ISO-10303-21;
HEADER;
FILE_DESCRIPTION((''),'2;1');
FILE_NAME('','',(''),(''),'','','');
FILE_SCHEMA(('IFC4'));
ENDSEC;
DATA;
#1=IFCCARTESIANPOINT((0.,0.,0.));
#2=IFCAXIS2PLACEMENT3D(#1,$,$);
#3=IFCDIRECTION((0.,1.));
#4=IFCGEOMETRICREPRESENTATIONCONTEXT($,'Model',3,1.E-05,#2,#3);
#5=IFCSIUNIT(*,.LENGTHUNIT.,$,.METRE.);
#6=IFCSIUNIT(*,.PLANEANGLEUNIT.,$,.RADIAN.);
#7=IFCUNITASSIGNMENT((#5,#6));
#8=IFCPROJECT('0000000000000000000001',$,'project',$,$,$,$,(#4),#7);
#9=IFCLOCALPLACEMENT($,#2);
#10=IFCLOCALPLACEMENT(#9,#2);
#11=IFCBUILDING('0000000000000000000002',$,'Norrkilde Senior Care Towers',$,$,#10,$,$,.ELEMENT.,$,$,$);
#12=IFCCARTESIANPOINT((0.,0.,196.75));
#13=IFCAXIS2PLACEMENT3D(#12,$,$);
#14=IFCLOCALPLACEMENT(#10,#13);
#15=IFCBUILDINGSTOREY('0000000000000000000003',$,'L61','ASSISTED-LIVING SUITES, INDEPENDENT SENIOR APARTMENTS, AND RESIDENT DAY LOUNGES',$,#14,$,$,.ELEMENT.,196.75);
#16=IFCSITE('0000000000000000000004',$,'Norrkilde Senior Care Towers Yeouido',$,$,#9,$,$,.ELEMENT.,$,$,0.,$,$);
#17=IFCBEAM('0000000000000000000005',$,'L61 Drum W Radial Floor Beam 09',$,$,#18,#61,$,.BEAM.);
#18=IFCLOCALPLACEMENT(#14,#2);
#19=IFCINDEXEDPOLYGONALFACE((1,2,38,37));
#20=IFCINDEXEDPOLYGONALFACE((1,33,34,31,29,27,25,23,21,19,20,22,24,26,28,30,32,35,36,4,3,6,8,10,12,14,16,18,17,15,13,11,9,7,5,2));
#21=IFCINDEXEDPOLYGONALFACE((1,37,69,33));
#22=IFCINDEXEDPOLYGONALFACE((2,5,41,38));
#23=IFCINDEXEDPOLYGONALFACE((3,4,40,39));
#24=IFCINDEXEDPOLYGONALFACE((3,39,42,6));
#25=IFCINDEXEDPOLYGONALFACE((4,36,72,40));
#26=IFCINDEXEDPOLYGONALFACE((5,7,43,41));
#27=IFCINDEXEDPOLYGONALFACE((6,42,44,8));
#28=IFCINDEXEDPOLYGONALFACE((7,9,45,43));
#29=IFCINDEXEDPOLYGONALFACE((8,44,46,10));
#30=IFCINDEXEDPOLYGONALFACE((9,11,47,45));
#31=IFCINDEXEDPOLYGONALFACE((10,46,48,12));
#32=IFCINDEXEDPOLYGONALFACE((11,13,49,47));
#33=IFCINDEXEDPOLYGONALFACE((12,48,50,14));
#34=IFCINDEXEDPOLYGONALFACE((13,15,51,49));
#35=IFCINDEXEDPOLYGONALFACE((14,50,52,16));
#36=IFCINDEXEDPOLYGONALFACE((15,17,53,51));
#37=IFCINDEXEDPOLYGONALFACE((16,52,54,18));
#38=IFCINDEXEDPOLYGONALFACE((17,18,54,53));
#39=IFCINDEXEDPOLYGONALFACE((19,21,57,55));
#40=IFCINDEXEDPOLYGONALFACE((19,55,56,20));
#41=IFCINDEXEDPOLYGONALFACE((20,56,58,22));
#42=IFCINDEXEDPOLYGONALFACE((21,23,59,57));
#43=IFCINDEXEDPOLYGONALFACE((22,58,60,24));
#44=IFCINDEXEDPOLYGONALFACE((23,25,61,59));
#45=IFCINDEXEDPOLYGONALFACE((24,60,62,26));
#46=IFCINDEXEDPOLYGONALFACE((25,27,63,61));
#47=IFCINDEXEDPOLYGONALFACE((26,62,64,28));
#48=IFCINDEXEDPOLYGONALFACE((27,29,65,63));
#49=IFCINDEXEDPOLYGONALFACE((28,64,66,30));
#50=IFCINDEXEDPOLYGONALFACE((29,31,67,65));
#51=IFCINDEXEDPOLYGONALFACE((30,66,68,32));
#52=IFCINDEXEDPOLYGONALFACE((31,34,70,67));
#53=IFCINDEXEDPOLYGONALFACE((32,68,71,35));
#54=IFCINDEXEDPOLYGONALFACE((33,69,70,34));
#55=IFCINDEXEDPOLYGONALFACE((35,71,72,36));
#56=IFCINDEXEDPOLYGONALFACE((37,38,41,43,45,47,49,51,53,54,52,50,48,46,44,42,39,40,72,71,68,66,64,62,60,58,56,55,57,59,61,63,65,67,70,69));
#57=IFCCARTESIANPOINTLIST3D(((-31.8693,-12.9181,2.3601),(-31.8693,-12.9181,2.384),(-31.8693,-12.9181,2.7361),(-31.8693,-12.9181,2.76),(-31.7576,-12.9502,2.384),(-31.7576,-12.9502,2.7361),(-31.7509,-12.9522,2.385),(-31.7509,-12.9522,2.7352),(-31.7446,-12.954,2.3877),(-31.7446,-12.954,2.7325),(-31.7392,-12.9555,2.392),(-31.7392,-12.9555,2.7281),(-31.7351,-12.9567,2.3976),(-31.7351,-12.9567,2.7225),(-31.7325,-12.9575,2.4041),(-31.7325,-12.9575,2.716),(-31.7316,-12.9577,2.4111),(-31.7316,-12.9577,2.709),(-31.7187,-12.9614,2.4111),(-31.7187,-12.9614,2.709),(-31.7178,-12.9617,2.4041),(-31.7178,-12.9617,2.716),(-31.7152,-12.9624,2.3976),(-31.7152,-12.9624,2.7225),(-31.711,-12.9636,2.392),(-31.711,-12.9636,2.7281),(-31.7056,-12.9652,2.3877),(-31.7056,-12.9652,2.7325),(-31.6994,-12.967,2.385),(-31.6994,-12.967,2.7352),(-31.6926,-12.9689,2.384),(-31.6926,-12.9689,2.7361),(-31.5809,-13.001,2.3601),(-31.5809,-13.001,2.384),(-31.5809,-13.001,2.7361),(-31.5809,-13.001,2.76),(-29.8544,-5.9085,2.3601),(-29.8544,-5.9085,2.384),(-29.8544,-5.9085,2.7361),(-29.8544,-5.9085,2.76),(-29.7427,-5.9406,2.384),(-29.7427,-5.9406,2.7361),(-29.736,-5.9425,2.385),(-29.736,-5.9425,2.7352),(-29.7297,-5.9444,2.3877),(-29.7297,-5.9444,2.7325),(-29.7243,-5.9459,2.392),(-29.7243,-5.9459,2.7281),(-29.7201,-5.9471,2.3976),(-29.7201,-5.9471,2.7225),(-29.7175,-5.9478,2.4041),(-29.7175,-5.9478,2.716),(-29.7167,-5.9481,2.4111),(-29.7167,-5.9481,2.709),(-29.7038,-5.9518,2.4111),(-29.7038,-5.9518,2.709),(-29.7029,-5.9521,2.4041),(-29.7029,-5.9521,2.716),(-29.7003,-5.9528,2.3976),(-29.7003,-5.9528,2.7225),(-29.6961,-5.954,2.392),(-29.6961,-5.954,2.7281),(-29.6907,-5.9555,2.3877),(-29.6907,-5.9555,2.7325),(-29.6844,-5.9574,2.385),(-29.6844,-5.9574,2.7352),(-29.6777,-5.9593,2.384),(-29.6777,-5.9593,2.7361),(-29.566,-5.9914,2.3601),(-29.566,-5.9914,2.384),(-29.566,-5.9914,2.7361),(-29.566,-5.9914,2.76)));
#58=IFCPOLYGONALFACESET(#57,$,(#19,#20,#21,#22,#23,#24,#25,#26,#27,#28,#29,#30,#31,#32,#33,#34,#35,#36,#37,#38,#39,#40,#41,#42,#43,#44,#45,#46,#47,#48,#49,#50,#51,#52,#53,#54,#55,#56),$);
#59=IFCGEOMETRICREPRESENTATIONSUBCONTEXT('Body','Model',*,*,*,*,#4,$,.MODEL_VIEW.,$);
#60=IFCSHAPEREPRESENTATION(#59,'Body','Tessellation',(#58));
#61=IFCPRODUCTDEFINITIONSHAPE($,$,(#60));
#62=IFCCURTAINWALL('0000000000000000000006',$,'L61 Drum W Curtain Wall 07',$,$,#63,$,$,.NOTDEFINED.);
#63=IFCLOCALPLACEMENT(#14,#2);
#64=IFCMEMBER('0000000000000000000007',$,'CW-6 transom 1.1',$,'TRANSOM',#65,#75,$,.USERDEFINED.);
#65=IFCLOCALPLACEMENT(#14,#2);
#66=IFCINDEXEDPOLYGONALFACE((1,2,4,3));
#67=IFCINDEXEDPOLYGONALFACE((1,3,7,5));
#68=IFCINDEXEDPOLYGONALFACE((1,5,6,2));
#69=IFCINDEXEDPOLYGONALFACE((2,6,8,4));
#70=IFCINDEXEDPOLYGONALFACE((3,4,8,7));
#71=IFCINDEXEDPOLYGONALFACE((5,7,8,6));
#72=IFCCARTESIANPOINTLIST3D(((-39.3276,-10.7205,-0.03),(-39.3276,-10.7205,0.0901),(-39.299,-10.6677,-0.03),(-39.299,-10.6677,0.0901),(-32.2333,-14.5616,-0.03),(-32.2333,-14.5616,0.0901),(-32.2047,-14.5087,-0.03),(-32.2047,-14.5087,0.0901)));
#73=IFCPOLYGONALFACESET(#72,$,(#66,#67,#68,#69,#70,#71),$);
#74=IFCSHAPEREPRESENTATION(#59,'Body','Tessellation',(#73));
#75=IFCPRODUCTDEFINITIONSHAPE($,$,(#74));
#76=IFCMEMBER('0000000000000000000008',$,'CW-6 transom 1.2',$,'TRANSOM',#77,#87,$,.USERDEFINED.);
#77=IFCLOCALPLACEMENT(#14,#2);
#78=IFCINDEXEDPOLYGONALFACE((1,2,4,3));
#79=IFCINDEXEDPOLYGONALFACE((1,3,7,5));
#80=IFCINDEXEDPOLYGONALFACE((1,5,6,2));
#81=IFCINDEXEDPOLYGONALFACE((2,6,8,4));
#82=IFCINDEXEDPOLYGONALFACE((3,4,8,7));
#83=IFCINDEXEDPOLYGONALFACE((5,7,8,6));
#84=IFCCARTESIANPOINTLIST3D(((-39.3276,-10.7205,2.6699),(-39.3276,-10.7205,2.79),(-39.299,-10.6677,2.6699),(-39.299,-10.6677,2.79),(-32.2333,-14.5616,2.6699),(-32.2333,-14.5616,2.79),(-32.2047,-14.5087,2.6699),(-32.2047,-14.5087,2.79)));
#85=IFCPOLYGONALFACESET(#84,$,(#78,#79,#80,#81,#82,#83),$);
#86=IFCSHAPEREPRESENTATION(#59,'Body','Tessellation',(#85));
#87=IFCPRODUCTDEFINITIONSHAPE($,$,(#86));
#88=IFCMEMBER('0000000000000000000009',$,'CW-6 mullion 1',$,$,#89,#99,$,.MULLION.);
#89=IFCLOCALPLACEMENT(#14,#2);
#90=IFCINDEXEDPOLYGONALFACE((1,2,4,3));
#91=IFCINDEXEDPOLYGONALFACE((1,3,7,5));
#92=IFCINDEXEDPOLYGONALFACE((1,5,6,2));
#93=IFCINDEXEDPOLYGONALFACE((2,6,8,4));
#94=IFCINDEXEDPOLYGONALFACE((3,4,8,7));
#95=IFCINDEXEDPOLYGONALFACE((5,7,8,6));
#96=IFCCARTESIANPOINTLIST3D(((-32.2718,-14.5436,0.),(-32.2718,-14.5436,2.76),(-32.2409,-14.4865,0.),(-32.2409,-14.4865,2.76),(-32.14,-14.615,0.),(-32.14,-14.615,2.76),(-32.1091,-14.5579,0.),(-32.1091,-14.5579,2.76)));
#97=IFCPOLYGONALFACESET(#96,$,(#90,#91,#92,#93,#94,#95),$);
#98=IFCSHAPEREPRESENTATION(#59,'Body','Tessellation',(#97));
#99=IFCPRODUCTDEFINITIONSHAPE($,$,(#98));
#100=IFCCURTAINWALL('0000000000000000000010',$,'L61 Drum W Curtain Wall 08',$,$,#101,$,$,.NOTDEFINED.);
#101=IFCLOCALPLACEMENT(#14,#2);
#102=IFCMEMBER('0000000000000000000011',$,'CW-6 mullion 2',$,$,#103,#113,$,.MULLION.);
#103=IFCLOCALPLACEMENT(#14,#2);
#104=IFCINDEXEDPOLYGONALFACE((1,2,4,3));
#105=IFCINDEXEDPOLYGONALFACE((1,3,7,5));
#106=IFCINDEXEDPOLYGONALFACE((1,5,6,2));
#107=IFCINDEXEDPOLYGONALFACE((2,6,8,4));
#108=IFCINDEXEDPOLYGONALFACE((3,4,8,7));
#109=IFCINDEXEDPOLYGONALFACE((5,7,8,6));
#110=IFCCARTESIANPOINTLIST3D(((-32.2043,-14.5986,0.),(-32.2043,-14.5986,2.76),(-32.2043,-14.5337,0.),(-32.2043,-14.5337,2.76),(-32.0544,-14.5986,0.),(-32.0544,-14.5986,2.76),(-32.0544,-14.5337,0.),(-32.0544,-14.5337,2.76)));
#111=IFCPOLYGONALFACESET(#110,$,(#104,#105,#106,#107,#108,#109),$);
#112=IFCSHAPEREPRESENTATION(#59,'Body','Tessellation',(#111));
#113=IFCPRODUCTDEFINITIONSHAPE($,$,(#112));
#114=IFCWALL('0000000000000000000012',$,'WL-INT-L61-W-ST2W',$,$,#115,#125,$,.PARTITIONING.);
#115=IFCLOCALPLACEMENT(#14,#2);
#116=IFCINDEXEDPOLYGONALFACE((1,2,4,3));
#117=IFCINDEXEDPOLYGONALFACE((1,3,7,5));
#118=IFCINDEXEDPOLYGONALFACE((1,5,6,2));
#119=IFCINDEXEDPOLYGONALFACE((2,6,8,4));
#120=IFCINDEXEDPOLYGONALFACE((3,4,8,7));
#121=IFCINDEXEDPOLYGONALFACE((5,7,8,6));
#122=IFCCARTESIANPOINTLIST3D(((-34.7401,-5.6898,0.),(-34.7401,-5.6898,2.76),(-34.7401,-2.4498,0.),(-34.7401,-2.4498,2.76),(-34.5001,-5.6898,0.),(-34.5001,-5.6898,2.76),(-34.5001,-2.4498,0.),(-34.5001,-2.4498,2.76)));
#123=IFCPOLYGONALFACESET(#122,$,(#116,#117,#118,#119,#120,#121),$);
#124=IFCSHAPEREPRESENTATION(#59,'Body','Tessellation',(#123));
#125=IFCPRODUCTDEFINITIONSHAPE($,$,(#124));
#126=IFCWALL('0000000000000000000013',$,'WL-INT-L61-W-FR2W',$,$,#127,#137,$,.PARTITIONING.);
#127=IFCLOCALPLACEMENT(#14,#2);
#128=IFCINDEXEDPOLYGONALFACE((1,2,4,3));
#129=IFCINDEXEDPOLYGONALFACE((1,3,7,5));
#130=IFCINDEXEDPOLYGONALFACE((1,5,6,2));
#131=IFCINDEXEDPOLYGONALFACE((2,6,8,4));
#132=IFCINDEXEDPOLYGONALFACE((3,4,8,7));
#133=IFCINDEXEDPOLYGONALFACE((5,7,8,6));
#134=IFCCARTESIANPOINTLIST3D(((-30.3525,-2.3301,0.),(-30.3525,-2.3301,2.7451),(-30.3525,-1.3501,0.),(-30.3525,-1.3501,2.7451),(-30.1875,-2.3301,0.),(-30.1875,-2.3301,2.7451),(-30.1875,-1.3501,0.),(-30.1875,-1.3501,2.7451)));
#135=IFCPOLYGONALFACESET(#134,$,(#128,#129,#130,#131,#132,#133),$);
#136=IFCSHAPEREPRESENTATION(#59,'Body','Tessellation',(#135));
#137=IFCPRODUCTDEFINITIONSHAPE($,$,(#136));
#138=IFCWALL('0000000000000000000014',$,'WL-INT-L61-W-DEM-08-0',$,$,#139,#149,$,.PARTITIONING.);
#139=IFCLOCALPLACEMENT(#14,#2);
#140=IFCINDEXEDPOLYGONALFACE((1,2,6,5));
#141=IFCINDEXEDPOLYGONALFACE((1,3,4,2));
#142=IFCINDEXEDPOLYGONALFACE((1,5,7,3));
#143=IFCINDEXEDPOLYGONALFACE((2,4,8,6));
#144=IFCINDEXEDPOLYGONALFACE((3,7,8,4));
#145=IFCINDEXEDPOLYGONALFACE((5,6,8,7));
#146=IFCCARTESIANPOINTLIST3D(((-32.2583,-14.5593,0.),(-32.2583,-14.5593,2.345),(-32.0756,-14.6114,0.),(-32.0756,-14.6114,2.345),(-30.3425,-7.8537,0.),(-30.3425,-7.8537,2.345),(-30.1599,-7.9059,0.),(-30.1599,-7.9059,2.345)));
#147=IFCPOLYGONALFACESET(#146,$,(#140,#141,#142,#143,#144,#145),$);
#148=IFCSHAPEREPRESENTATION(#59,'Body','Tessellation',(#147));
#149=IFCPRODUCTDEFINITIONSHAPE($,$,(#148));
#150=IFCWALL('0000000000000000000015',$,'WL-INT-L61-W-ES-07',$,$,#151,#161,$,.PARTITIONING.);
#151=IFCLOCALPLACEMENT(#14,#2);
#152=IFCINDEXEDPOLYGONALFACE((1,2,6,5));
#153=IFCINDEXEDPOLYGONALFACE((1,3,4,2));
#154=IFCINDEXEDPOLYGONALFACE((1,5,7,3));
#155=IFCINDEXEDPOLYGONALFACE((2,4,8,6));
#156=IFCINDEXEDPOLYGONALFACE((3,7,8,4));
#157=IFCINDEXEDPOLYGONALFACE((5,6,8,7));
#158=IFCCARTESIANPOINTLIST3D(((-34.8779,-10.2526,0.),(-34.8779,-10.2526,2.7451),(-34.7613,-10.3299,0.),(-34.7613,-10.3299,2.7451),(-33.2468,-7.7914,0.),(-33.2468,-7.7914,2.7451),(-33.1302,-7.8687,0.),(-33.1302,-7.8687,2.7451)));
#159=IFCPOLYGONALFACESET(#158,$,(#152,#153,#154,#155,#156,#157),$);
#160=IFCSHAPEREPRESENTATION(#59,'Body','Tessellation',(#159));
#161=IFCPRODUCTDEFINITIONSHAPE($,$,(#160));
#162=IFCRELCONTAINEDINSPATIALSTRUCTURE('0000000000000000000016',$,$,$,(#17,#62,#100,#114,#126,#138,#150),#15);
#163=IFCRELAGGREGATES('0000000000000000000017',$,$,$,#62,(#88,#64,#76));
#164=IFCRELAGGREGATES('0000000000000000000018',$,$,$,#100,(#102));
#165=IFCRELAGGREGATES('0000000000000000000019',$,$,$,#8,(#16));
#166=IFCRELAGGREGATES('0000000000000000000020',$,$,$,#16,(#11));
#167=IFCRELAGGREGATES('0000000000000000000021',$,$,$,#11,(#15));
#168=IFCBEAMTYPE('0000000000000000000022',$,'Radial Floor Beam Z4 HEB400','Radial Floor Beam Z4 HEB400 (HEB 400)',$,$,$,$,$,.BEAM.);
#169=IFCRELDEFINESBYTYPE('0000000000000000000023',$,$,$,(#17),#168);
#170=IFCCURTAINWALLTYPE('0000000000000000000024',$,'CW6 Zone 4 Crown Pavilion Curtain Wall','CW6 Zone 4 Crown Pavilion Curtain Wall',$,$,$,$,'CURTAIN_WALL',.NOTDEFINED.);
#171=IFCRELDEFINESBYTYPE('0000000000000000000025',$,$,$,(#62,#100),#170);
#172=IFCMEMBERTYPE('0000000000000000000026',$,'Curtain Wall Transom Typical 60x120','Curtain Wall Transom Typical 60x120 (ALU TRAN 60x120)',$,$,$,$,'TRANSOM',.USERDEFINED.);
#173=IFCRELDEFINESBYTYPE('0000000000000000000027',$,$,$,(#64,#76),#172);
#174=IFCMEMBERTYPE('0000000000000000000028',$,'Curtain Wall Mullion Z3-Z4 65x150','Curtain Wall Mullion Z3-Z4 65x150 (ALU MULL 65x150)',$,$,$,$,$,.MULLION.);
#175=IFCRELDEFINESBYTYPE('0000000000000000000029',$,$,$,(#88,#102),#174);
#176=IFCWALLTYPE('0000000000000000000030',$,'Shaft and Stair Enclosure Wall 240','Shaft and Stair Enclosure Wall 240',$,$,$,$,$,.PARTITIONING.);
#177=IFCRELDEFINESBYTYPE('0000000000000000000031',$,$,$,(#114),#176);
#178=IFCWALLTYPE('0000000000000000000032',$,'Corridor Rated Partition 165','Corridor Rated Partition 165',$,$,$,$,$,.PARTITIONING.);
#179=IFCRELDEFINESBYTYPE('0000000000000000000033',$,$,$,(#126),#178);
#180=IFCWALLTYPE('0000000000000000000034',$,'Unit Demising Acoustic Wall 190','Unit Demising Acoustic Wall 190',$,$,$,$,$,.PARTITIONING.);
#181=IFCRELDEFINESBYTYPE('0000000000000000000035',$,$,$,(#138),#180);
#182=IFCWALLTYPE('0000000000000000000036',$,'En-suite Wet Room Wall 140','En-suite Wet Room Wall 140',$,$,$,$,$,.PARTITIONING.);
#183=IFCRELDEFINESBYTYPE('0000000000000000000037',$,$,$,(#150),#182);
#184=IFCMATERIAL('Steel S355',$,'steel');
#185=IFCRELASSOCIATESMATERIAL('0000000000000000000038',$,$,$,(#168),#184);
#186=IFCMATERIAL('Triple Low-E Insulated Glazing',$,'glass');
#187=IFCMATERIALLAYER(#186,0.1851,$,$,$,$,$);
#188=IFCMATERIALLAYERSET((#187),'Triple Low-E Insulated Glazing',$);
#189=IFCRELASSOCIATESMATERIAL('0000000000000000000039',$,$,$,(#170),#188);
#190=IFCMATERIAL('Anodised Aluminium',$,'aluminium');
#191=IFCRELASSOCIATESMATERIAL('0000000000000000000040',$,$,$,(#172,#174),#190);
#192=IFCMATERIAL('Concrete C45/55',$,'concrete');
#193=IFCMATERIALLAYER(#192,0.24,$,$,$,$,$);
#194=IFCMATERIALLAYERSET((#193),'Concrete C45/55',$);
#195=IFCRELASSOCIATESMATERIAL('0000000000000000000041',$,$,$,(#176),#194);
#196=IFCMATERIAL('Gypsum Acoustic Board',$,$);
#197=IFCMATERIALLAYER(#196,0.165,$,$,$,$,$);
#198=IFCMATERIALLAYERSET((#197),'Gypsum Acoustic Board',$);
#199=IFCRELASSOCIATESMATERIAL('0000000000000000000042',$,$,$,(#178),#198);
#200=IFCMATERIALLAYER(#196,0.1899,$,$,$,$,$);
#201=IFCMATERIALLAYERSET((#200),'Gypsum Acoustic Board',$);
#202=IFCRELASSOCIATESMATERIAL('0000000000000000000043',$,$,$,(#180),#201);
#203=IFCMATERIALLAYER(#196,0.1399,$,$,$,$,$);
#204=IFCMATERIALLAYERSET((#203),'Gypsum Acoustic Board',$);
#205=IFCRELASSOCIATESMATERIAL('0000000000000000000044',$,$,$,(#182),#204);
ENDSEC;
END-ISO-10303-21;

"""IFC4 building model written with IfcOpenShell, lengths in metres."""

from ifc_helpers import new_model, si_unit, direction, frame, frame_2d, origin, origin_2d, place, context, subcontext, project, spatial, rectangle, i_section, extrude, source, transform, mapped, material, layer, layer_set, material_profile, profile_set, type_object, type_shapes, element, aggregate, save


model = new_model("IFC4")

# Units and contexts
model_context = context("Model", 3, precision=1e-05, world=origin(), true_north=direction((0.0, 1.0)))
body_context = subcontext(model_context, "Body", "Model", "MODEL_VIEW")
ifc_project = project(units=[si_unit("LENGTHUNIT", "METRE"), si_unit("PLANEANGLEUNIT", "RADIAN")], contexts=[model_context])

# Site, building, storey
site_placement = place(None, origin())
site = spatial("IfcSite", under=ifc_project, at=site_placement, Name="Norrkilde Senior Care Towers Yeouido", CompositionType="ELEMENT", RefElevation=0.0)
building_placement = place(site_placement, origin())
building = spatial("IfcBuilding", under=site, at=building_placement, Name="Norrkilde Senior Care Towers", CompositionType="ELEMENT")
storey_placement = place(building_placement, frame((0.0, 0.0, 196.75)))
storey = spatial("IfcBuildingStorey", under=building, at=storey_placement, Name="L61", Description="ASSISTED-LIVING SUITES, INDEPENDENT SENIOR APARTMENTS, AND RESIDENT DAY LOUNGES", CompositionType="ELEMENT", Elevation=196.75)

# Beam
ifc_material_1 = material(Name="Steel S355", Category="steel")
ifc_material_profile_1 = material_profile(ifc_material_1, i_section(OverallWidth=0.3, OverallDepth=0.3999, WebThickness=0.0134, FlangeThickness=0.0239, FilletRadius=0.0271, at=origin_2d()), Name="HEB 400")
ifc_profile_set_1 = profile_set([ifc_material_profile_1], Name="Steel S355")
beam_type_1 = type_object("IfcBeamType", Name="Radial Floor Beam Z4 HEB400", Description="Radial Floor Beam Z4 HEB400 (HEB 400)", PredefinedType="BEAM", material=ifc_profile_set_1)
shared_shape_1 = source(origin(), body_context, "Body", "SweptSolid", [
    extrude(i_section(OverallWidth=0.3, OverallDepth=0.3999, WebThickness=0.0134, FlangeThickness=0.0239, FilletRadius=0.0271, at=origin_2d()), origin(), (0.0, 0.0, 1.0), 7.2935),
])
beam_1_placement = place(storey_placement, frame((-29.7102, -5.95, 2.5601), z_axis=(-0.276264, -0.961082, 0.0), x_axis=(0.961082, -0.276264, 0.0)))
element("IfcBeam", 1, at=beam_1_placement, inside=storey, type_object=beam_type_1, Name="L61 Drum W Radial Floor Beam 09", PredefinedType="BEAM", context=body_context, shape_type="MappedRepresentation", body=[
    mapped(shared_shape_1, transform((0.0, 0.0, 0.0), x_axis=(1.0, 0.0, 0.0), y_axis=(0.0, 1.0, 0.0), z_axis=(0.0, 0.0, 1.0), scale=1.0)),
])

# Curtain wall, members
ifc_material_2 = material(Name="Triple Low-E Insulated Glazing", Category="glass")
ifc_layer_1 = layer(ifc_material_2, 0.1851)
ifc_layer_set_1 = layer_set([ifc_layer_1], Name="Triple Low-E Insulated Glazing")
curtain_wall_type = type_object("IfcCurtainWallType", Name="CW6 Zone 4 Crown Pavilion Curtain Wall", Description="CW6 Zone 4 Crown Pavilion Curtain Wall", ElementType="CURTAIN_WALL", PredefinedType="NOTDEFINED", material=ifc_layer_set_1)
curtain_wall_1_placement = place(storey_placement, origin())
curtain_wall_1 = element("IfcCurtainWall", 2, at=curtain_wall_1_placement, inside=storey, type_object=curtain_wall_type, Name="L61 Drum W Curtain Wall 07", PredefinedType="NOTDEFINED")
ifc_material_3 = material(Name="Anodised Aluminium", Category="aluminium")
ifc_material_profile_2 = material_profile(ifc_material_3, rectangle(XDim=0.0601, YDim=0.1201, at=origin_2d()), Name="ALU TRAN 60x120")
ifc_profile_set_2 = profile_set([ifc_material_profile_2], Name="Anodised Aluminium")
member_type_1 = type_object("IfcMemberType", Name="Curtain Wall Transom Typical 60x120", Description="Curtain Wall Transom Typical 60x120 (ALU TRAN 60x120)", ElementType="TRANSOM", PredefinedType="USERDEFINED", material=ifc_profile_set_2)
shared_shape_2 = source(origin(), body_context, "Body", "SweptSolid", [
    extrude(rectangle(XDim=0.0601, YDim=0.1201, at=origin_2d()), origin(), (0.0, 0.0, 1.0), 8.0674),
])
type_shapes(member_type_1, [shared_shape_2])
member_1_placement = place(storey_placement, frame((-32.219, -14.5352, 0.03), z_axis=(-0.879378, 0.476125, 0.0), x_axis=(-0.476125, -0.879378, 0.0)))
member_1 = element("IfcMember", 3, at=member_1_placement, type_object=member_type_1, Name="CW-6 transom 1.1", ObjectType="TRANSOM", PredefinedType="USERDEFINED", context=body_context, shape_type="MappedRepresentation", body=[
    mapped(shared_shape_2, transform((0.0, 0.0, 0.0), x_axis=(1.0, 0.0, 0.0), y_axis=(0.0, 1.0, 0.0), z_axis=(0.0, 0.0, 1.0), scale=1.0)),
])
member_2_placement = place(storey_placement, frame((-32.219, -14.5352, 2.73), z_axis=(-0.879378, 0.476125, 0.0), x_axis=(-0.476125, -0.879378, 0.0)))
member_2 = element("IfcMember", 4, at=member_2_placement, type_object=member_type_1, Name="CW-6 transom 1.2", ObjectType="TRANSOM", PredefinedType="USERDEFINED", context=body_context, shape_type="MappedRepresentation", body=[
    mapped(shared_shape_2, transform((0.0, 0.0, 0.0), x_axis=(1.0, 0.0, 0.0), y_axis=(0.0, 1.0, 0.0), z_axis=(0.0, 0.0, 1.0), scale=1.0)),
])
ifc_material_profile_3 = material_profile(ifc_material_3, rectangle(XDim=0.0649, YDim=0.1499, at=origin_2d()), Name="ALU MULL 65x150")
ifc_profile_set_3 = profile_set([ifc_material_profile_3], Name="Anodised Aluminium")
member_type_2 = type_object("IfcMemberType", Name="Curtain Wall Mullion Z3-Z4 65x150", Description="Curtain Wall Mullion Z3-Z4 65x150 (ALU MULL 65x150)", PredefinedType="MULLION", material=ifc_profile_set_3)
shared_shape_3 = source(origin(), body_context, "Body", "SweptSolid", [
    extrude(rectangle(XDim=0.0649, YDim=0.1499, at=origin_2d()), origin(), (0.0, 0.0, 1.0), 2.76),
])
type_shapes(member_type_2, [shared_shape_3])
member_3_placement = place(storey_placement, frame((-32.1904, -14.5508, 0.0), z_axis=(0.0, 0.0, 1.0), x_axis=(-0.476133, -0.879373, 0.0)))
member_3 = element("IfcMember", 5, at=member_3_placement, type_object=member_type_2, Name="CW-6 mullion 1", PredefinedType="MULLION", context=body_context, shape_type="MappedRepresentation", body=[
    mapped(shared_shape_3, transform((0.0, 0.0, 0.0), x_axis=(1.0, 0.0, 0.0), y_axis=(0.0, 1.0, 0.0), z_axis=(0.0, 0.0, 1.0), scale=1.0)),
])
aggregate(curtain_wall_1, [member_3, member_1, member_2])

# Curtain wall, member
curtain_wall_2_placement = place(storey_placement, origin())
curtain_wall_2 = element("IfcCurtainWall", 6, at=curtain_wall_2_placement, inside=storey, type_object=curtain_wall_type, Name="L61 Drum W Curtain Wall 08", PredefinedType="NOTDEFINED")
member_4_placement = place(storey_placement, frame((-32.1294, -14.5662, 0.0), z_axis=(0.0, 0.0, 1.0), x_axis=(0.0, -1.0, 0.0)))
member_4 = element("IfcMember", 7, at=member_4_placement, type_object=member_type_2, Name="CW-6 mullion 2", PredefinedType="MULLION", context=body_context, shape_type="MappedRepresentation", body=[
    mapped(shared_shape_3, transform((0.0, 0.0, 0.0), x_axis=(1.0, 0.0, 0.0), y_axis=(0.0, 1.0, 0.0), z_axis=(0.0, 0.0, 1.0), scale=1.0)),
])
aggregate(curtain_wall_2, [member_4])

# Shared definitions
ifc_material_4 = material(Name="Concrete C45/55", Category="concrete")
ifc_layer_2 = layer(ifc_material_4, 0.24)
ifc_layer_set_2 = layer_set([ifc_layer_2], Name="Concrete C45/55")
wall_type_1 = type_object("IfcWallType", Name="Shaft and Stair Enclosure Wall 240", Description="Shaft and Stair Enclosure Wall 240", PredefinedType="PARTITIONING", material=ifc_layer_set_2)

# Walls
shared_shape_4 = source(origin(), body_context, "Body", "SweptSolid", [
    extrude(rectangle(XDim=3.24, YDim=0.24, at=frame_2d((1.6201, 0.0))), origin(), (0.0, 0.0, 1.0), 2.76),
])
wall_1_placement = place(storey_placement, frame((-34.6201, -5.6899, 0.0), z_axis=(0.0, 0.0, 1.0), x_axis=(0.0, 1.0, 0.0)))
element("IfcWall", 8, at=wall_1_placement, inside=storey, type_object=wall_type_1, Name="WL-INT-L61-W-ST2W", PredefinedType="PARTITIONING", context=body_context, shape_type="MappedRepresentation", body=[
    mapped(shared_shape_4, transform((0.0, 0.0, 0.0), x_axis=(1.0, 0.0, 0.0), y_axis=(0.0, 1.0, 0.0), z_axis=(0.0, 0.0, 1.0), scale=1.0)),
])
ifc_material_5 = material(Name="Gypsum Acoustic Board")
ifc_layer_3 = layer(ifc_material_5, 0.165)
ifc_layer_set_3 = layer_set([ifc_layer_3], Name="Gypsum Acoustic Board")
wall_type_2 = type_object("IfcWallType", Name="Corridor Rated Partition 165", Description="Corridor Rated Partition 165", PredefinedType="PARTITIONING", material=ifc_layer_set_3)
shared_shape_5 = source(origin(), body_context, "Body", "SweptSolid", [
    extrude(rectangle(XDim=0.98, YDim=0.165, at=frame_2d((0.49, 0.0))), origin(), (0.0, 0.0, 1.0), 2.7451),
])
type_shapes(wall_type_2, [shared_shape_5])
wall_2_placement = place(storey_placement, frame((-30.27, -2.3301, 0.0), z_axis=(0.0, 0.0, 1.0), x_axis=(0.0, 1.0, 0.0)))
element("IfcWall", 9, at=wall_2_placement, inside=storey, type_object=wall_type_2, Name="WL-INT-L61-W-FR2W", PredefinedType="PARTITIONING", context=body_context, shape_type="MappedRepresentation", body=[
    mapped(shared_shape_5, transform((0.0, 0.0, 0.0), x_axis=(1.0, 0.0, 0.0), y_axis=(0.0, 1.0, 0.0), z_axis=(0.0, 0.0, 1.0), scale=1.0)),
])
ifc_layer_4 = layer(ifc_material_5, 0.1899)
ifc_layer_set_4 = layer_set([ifc_layer_4], Name="Gypsum Acoustic Board")
wall_type_3 = type_object("IfcWallType", Name="Unit Demising Acoustic Wall 190", Description="Unit Demising Acoustic Wall 190", PredefinedType="PARTITIONING", material=ifc_layer_set_4)
shared_shape_6 = source(origin(), body_context, "Body", "SweptSolid", [
    extrude(rectangle(XDim=6.9739, YDim=0.1899, at=frame_2d((3.4868, 0.0))), origin(), (0.0, 0.0, 1.0), 2.345),
])
type_shapes(wall_type_3, [shared_shape_6])
wall_3_placement = place(storey_placement, frame((-30.2512, -7.8799, 0.0), z_axis=(0.0, 0.0, 1.0), x_axis=(-0.274707, -0.961528, 0.0)))
element("IfcWall", 10, at=wall_3_placement, inside=storey, type_object=wall_type_3, Name="WL-INT-L61-W-DEM-08-0", PredefinedType="PARTITIONING", context=body_context, shape_type="MappedRepresentation", body=[
    mapped(shared_shape_6, transform((0.0, 0.0, 0.0), x_axis=(1.0, 0.0, 0.0), y_axis=(0.0, 1.0, 0.0), z_axis=(0.0, 0.0, 1.0), scale=1.0)),
])
ifc_layer_5 = layer(ifc_material_5, 0.1399)
ifc_layer_set_5 = layer_set([ifc_layer_5], Name="Gypsum Acoustic Board")
wall_type_4 = type_object("IfcWallType", Name="En-suite Wet Room Wall 140", Description="En-suite Wet Room Wall 140", PredefinedType="PARTITIONING", material=ifc_layer_set_5)
shared_shape_7 = source(origin(), body_context, "Body", "SweptSolid", [
    extrude(rectangle(XDim=2.9526, YDim=0.1399, at=frame_2d((1.4763, 0.0))), origin(), (0.0, 0.0, 1.0), 2.7451),
])
wall_4_placement = place(storey_placement, frame((-33.1885, -7.8301, 0.0), z_axis=(0.0, 0.0, 1.0), x_axis=(-0.552427, -0.833561, 0.0)))
element("IfcWall", 11, at=wall_4_placement, inside=storey, type_object=wall_type_4, Name="WL-INT-L61-W-ES-07", PredefinedType="PARTITIONING", context=body_context, shape_type="MappedRepresentation", body=[
    mapped(shared_shape_7, transform((0.0, 0.0, 0.0), x_axis=(1.0, 0.0, 0.0), y_axis=(0.0, 1.0, 0.0), z_axis=(0.0, 0.0, 1.0), scale=1.0)),
])

save(model, "model.ifc")
